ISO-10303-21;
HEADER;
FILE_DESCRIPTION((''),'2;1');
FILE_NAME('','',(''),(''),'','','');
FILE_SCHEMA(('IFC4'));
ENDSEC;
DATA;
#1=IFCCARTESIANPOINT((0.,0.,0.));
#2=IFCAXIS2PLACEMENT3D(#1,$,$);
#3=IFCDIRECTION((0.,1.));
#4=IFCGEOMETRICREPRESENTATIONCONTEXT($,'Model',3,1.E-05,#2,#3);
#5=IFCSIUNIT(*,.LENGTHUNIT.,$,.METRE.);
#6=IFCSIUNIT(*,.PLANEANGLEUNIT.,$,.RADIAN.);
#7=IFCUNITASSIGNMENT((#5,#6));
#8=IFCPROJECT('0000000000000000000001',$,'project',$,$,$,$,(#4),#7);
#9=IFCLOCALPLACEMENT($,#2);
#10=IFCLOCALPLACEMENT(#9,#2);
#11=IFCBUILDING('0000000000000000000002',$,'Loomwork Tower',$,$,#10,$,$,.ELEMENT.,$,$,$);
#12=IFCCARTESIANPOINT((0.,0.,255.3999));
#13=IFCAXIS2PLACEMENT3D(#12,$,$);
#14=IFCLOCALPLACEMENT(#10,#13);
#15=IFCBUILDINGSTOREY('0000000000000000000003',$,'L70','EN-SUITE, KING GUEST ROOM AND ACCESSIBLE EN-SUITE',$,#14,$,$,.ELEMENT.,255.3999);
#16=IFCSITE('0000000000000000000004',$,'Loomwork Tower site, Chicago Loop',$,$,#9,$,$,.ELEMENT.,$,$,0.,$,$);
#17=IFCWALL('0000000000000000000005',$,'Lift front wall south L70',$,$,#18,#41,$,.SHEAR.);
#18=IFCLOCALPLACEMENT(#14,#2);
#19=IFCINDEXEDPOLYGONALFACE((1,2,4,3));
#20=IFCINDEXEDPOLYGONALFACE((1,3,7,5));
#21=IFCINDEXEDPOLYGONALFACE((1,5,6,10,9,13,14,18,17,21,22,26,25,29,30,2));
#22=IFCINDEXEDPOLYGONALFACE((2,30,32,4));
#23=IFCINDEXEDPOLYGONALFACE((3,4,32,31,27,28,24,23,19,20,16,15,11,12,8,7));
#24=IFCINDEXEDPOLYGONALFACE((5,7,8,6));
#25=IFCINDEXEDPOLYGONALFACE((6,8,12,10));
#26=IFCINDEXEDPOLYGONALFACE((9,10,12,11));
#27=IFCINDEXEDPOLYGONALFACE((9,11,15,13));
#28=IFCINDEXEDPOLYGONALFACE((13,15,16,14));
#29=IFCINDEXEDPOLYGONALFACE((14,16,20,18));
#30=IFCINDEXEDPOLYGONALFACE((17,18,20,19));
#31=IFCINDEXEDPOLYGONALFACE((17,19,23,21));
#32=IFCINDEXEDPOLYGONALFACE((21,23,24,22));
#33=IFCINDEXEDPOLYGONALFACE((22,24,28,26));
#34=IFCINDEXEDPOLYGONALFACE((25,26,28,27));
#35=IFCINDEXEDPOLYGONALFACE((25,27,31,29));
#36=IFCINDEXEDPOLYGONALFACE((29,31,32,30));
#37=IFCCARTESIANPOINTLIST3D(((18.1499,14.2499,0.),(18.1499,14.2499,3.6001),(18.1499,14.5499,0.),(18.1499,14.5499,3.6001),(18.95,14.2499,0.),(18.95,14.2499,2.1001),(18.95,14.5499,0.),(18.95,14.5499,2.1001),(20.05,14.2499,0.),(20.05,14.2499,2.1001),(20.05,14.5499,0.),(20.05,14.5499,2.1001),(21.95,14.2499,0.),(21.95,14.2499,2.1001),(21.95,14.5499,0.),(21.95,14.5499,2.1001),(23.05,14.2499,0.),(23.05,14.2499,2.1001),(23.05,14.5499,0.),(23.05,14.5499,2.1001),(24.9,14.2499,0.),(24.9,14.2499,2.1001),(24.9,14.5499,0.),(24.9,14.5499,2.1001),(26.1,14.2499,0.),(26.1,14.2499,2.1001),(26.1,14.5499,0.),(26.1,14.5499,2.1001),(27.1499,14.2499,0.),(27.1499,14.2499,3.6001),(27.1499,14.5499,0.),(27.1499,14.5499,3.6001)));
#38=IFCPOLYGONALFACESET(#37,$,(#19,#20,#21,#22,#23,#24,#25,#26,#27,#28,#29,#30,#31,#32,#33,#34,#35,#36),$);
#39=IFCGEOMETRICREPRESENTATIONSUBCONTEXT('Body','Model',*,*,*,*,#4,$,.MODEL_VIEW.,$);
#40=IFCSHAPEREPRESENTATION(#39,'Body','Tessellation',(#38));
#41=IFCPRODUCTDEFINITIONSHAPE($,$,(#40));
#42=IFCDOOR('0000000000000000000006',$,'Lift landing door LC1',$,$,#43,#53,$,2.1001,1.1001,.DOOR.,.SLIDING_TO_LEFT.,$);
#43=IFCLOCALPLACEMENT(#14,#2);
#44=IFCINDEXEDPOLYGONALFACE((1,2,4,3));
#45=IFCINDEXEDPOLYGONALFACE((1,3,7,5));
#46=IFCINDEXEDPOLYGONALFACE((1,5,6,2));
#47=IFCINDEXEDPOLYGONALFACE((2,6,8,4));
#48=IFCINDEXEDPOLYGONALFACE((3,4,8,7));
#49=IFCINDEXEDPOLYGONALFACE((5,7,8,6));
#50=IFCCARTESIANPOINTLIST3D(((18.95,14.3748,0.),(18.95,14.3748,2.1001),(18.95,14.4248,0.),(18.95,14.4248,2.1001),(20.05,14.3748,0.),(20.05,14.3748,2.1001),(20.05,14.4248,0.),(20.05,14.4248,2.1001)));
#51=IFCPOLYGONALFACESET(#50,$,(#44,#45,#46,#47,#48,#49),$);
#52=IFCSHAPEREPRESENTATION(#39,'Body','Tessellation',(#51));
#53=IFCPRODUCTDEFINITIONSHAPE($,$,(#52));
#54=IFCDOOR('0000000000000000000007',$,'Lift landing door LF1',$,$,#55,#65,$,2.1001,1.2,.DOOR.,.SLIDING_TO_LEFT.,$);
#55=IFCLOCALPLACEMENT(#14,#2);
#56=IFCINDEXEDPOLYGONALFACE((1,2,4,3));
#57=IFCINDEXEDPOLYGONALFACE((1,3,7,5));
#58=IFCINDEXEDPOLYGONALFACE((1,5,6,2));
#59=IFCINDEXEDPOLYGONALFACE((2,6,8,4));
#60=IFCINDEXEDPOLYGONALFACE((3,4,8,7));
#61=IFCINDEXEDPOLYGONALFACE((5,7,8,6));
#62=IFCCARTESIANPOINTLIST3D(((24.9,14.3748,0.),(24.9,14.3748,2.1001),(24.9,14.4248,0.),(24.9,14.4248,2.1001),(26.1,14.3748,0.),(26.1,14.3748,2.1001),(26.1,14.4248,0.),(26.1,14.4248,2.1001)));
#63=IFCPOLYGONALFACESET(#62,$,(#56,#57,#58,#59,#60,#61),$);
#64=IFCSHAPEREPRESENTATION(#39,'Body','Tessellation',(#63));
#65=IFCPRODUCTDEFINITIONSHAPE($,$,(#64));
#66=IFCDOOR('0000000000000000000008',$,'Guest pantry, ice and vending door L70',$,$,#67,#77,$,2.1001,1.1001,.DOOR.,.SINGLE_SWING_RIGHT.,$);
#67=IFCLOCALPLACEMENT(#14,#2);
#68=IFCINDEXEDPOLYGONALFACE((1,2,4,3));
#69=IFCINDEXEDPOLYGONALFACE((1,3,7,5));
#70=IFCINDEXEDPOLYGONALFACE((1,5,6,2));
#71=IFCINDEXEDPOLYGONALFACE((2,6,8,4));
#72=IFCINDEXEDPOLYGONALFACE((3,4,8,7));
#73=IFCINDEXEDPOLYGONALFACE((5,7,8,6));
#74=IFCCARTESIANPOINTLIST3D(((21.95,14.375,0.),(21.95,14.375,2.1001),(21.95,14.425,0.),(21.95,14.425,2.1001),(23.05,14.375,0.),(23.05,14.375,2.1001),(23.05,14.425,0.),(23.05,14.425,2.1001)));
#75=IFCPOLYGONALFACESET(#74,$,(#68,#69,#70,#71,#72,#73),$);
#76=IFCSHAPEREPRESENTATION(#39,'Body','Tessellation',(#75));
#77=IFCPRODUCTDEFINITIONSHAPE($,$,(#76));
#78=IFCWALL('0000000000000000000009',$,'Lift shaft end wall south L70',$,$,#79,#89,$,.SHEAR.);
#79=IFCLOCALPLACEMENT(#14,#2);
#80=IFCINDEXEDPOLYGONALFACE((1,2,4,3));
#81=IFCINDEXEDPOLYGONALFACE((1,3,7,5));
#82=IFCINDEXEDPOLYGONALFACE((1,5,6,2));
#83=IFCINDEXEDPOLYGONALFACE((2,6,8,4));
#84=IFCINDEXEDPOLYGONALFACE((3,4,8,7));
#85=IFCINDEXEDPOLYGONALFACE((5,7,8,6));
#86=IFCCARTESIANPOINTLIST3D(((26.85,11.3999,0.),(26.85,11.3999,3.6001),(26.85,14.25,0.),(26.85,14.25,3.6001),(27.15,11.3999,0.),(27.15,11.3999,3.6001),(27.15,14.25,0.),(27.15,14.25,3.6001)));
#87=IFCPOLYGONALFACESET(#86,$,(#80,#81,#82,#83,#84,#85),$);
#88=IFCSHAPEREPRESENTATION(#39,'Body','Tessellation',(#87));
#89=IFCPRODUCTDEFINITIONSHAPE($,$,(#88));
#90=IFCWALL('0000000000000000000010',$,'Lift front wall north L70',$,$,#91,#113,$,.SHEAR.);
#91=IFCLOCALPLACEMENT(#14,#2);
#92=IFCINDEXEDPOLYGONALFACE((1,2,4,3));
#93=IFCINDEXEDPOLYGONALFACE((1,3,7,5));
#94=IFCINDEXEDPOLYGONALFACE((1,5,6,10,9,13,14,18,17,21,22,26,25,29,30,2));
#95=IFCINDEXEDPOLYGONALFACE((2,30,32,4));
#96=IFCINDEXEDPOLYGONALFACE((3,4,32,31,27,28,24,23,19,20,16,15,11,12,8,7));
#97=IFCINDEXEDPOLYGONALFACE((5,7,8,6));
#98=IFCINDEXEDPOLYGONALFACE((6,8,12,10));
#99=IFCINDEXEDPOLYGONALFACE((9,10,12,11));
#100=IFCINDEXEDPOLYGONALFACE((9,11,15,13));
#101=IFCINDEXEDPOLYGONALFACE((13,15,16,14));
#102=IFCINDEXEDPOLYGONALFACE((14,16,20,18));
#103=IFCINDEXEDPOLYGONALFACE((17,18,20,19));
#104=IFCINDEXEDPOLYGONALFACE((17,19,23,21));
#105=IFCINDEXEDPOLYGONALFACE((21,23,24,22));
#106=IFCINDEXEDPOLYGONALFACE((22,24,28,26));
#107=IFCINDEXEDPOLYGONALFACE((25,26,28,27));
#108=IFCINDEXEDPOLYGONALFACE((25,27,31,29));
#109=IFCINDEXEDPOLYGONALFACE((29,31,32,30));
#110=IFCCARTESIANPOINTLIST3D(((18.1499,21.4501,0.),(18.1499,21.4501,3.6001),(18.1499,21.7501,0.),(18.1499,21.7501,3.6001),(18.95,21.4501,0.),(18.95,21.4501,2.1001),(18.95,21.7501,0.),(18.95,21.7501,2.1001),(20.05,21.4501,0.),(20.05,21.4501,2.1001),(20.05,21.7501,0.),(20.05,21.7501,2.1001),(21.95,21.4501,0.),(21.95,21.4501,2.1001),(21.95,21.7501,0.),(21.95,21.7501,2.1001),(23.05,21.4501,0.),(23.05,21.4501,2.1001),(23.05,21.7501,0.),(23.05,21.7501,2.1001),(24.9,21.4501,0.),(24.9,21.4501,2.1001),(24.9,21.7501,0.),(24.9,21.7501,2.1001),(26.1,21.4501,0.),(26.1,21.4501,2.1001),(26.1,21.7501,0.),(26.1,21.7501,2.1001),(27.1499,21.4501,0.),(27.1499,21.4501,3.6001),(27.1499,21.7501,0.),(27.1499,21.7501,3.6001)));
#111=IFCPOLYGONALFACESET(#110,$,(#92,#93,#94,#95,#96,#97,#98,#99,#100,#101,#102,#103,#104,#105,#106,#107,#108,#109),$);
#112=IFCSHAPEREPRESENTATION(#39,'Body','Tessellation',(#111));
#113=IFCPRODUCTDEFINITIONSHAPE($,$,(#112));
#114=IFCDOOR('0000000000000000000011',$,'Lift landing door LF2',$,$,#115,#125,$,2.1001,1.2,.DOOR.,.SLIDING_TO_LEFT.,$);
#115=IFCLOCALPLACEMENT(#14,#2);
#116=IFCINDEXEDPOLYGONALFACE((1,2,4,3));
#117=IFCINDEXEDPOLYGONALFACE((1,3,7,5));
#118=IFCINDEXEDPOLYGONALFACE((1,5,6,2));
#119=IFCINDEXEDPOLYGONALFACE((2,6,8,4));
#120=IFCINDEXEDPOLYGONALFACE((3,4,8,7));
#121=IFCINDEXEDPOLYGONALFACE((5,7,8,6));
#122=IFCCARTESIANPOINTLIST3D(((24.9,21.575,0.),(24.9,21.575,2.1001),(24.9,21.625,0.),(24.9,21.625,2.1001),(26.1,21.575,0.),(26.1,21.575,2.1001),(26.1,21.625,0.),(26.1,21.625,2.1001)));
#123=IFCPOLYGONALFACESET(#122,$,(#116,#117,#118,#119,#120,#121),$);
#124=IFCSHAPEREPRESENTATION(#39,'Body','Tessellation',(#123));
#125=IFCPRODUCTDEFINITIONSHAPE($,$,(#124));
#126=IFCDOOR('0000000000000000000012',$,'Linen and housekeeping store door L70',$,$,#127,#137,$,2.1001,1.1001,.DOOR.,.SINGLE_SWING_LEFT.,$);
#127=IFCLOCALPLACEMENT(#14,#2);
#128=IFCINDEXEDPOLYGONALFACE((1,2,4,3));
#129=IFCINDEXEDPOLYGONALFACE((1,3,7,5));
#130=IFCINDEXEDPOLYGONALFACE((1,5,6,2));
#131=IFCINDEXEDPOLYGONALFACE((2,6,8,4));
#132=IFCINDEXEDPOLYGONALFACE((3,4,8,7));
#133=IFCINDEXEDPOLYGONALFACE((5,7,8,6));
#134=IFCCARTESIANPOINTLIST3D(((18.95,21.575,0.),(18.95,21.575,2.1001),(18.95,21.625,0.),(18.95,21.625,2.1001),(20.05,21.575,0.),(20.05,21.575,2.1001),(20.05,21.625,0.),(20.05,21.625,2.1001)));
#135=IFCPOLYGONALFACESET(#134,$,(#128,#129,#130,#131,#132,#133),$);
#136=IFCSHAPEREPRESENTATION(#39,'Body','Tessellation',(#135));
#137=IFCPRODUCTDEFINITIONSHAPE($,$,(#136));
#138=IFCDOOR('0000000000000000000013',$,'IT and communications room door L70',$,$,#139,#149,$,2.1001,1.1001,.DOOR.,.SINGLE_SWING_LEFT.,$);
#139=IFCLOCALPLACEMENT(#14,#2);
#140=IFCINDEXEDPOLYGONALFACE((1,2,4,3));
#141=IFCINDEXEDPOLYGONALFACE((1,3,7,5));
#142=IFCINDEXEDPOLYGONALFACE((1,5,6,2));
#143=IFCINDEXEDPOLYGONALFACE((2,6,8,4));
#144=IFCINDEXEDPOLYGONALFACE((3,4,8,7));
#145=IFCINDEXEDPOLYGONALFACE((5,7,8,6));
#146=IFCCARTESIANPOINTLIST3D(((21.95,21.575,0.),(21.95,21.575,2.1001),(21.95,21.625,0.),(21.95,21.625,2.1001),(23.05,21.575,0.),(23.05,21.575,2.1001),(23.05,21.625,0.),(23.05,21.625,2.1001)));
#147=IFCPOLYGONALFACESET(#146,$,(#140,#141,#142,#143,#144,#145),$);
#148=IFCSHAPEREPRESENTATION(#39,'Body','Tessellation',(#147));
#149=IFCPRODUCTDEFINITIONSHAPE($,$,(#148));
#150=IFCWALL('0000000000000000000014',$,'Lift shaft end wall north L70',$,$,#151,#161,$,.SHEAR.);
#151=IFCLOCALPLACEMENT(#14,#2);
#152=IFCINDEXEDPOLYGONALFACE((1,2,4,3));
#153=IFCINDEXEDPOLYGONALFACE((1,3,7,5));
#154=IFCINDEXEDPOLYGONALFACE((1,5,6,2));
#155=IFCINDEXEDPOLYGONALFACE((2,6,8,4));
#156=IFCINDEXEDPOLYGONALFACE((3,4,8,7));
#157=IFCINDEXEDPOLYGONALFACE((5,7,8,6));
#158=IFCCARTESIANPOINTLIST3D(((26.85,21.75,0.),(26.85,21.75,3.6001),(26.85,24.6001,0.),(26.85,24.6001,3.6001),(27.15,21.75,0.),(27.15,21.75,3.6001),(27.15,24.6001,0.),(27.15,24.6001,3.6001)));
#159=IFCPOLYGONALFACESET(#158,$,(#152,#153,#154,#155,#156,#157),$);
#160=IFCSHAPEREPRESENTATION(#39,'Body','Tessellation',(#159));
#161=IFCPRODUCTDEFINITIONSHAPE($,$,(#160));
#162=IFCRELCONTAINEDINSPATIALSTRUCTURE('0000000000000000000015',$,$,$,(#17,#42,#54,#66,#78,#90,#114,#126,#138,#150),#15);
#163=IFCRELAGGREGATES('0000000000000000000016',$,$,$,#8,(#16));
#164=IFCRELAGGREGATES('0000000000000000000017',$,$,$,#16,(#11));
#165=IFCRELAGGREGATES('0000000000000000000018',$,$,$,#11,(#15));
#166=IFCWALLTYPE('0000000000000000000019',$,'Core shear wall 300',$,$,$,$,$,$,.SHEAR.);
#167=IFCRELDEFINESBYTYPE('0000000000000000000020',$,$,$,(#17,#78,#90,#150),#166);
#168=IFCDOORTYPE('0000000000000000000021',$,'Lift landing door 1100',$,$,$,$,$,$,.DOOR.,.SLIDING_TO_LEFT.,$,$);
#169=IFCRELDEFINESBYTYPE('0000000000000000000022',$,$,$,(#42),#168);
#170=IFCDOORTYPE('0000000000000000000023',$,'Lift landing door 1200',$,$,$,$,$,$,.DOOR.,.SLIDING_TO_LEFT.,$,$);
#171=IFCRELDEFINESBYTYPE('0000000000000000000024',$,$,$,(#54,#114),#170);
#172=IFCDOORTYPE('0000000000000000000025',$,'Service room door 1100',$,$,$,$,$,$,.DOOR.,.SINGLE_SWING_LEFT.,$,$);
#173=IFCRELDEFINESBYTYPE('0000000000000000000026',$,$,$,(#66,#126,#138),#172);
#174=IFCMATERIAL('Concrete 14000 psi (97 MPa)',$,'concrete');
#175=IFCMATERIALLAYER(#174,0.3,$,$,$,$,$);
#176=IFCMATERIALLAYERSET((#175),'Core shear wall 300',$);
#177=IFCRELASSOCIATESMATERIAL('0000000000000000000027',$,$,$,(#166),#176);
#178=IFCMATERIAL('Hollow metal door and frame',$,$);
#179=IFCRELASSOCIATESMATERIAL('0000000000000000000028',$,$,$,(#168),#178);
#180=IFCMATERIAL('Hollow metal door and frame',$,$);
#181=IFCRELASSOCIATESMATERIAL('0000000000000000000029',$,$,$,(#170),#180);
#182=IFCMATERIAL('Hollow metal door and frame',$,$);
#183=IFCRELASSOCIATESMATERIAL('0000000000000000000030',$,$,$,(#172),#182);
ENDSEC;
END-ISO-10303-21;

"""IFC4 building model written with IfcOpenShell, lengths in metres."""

from ifc_helpers import new_model, si_unit, direction, frame, frame_2d, origin, place, context, subcontext, project, spatial, rectangle, extrude, material, layer, layer_set, type_object, element, fill, save


model = new_model("IFC4")

# Units and contexts
model_context = context("Model", 3, precision=1e-05, world=origin(), true_north=direction((0.0, 1.0)))
body_context = subcontext(model_context, "Body", "Model", "MODEL_VIEW")
ifc_project = project(units=[si_unit("LENGTHUNIT", "METRE"), si_unit("PLANEANGLEUNIT", "RADIAN")], contexts=[model_context])

# Site, building, storey
site_placement = place(None, origin())
site = spatial("IfcSite", under=ifc_project, at=site_placement, Name="Loomwork Tower site, Chicago Loop", CompositionType="ELEMENT", RefElevation=0.0)
building_placement = place(site_placement, origin())
building = spatial("IfcBuilding", under=site, at=building_placement, Name="Loomwork Tower", CompositionType="ELEMENT")
storey_placement = place(building_placement, frame((0.0, 0.0, 255.3999)))
storey = spatial("IfcBuildingStorey", under=building, at=storey_placement, Name="L70", Description="EN-SUITE, KING GUEST ROOM AND ACCESSIBLE EN-SUITE", CompositionType="ELEMENT", Elevation=255.3999)

# Shared definitions
ifc_material_1 = material(Name="Concrete 14000 psi (97 MPa)", Category="concrete")
ifc_layer_1 = layer(ifc_material_1, 0.3)
ifc_layer_set_1 = layer_set([ifc_layer_1], Name="Core shear wall 300")
wall_type_1 = type_object("IfcWallType", Name="Core shear wall 300", PredefinedType="SHEAR", material=ifc_layer_set_1)

# Wall, openings, doors
ifc_material_2 = material(Name="Hollow metal door and frame")
door_type_1 = type_object("IfcDoorType", Name="Lift landing door 1100", OperationType="SLIDING_TO_LEFT", PredefinedType="DOOR", material=ifc_material_2)
wall_1_placement = place(storey_placement, frame((18.1499, 14.3999, 0.0), z_axis=(0.0, 0.0, 1.0), x_axis=(1.0, 0.0, 0.0)))
wall_1 = element("IfcWall", 1, at=wall_1_placement, inside=storey, type_object=wall_type_1, Name="Lift front wall south L70", PredefinedType="SHEAR", context=body_context, shape_type="SweptSolid", body=[
    extrude(rectangle(XDim=9.0, YDim=0.3, at=frame_2d((4.5, 0.0))), origin(), (0.0, 0.0, 1.0), 3.6001),
])
opening_1_placement = place(wall_1_placement, frame((0.8, 0.0, 0.0)))
opening_1 = element("IfcOpeningElement", 2, at=opening_1_placement, cuts=wall_1, PredefinedType="OPENING", context=body_context, shape_type="SweptSolid", body=[
    extrude(rectangle(XDim=1.1001, YDim=2.1001, at=frame_2d((0.55, 1.05))), frame((0.0, 0.1599, 0.0), z_axis=(0.0, -1.0, 0.0), x_axis=(1.0, 0.0, 0.0)), (0.0, 0.0, 1.0), 0.3201),
])
opening_2_placement = place(wall_1_placement, frame((6.75, 0.0, 0.0)))
opening_2 = element("IfcOpeningElement", 3, at=opening_2_placement, cuts=wall_1, PredefinedType="OPENING", context=body_context, shape_type="SweptSolid", body=[
    extrude(rectangle(XDim=1.2, YDim=2.1001, at=frame_2d((0.6001, 1.05))), frame((0.0, 0.1599, 0.0), z_axis=(0.0, -1.0, 0.0), x_axis=(1.0, 0.0, 0.0)), (0.0, 0.0, 1.0), 0.3201),
])
opening_3_placement = place(wall_1_placement, frame((3.8, 0.0, 0.0)))
opening_3 = element("IfcOpeningElement", 4, at=opening_3_placement, cuts=wall_1, PredefinedType="OPENING", context=body_context, shape_type="SweptSolid", body=[
    extrude(rectangle(XDim=1.1001, YDim=2.1001, at=frame_2d((0.55, 1.05))), frame((0.0, 0.1599, 0.0), z_axis=(0.0, -1.0, 0.0), x_axis=(1.0, 0.0, 0.0)), (0.0, 0.0, 1.0), 0.3201),
])
door_1_placement = place(opening_1_placement, origin())
door_1 = element("IfcDoor", 5, at=door_1_placement, inside=storey, type_object=door_type_1, Name="Lift landing door LC1", OperationType="SLIDING_TO_LEFT", OverallHeight=2.1001, OverallWidth=1.1001, PredefinedType="DOOR", context=body_context, shape_type="SweptSolid", body=[
    extrude(rectangle(XDim=1.1001, YDim=2.1001, at=frame_2d((0.55, 1.05))), frame((0.0, 0.0249, 0.0), z_axis=(0.0, -1.0, 0.0), x_axis=(1.0, 0.0, 0.0)), (0.0, 0.0, 1.0), 0.05),
])
fill(opening_1, door_1)
ifc_material_3 = material(Name="Hollow metal door and frame")
door_type_2 = type_object("IfcDoorType", Name="Lift landing door 1200", OperationType="SLIDING_TO_LEFT", PredefinedType="DOOR", material=ifc_material_3)
door_2_placement = place(opening_2_placement, origin())
door_2 = element("IfcDoor", 6, at=door_2_placement, inside=storey, type_object=door_type_2, Name="Lift landing door LF1", OperationType="SLIDING_TO_LEFT", OverallHeight=2.1001, OverallWidth=1.2, PredefinedType="DOOR", context=body_context, shape_type="SweptSolid", body=[
    extrude(rectangle(XDim=1.2, YDim=2.1001, at=frame_2d((0.6001, 1.05))), frame((0.0, 0.0249, 0.0), z_axis=(0.0, -1.0, 0.0), x_axis=(1.0, 0.0, 0.0)), (0.0, 0.0, 1.0), 0.05),
])
fill(opening_2, door_2)
ifc_material_4 = material(Name="Hollow metal door and frame")
door_type_3 = type_object("IfcDoorType", Name="Service room door 1100", OperationType="SINGLE_SWING_LEFT", PredefinedType="DOOR", material=ifc_material_4)
door_3_placement = place(opening_3_placement, frame((1.1001, 0.0, 0.0), z_axis=(0.0, 0.0, 1.0), x_axis=(-1.0, 0.0, 0.0)))
door_3 = element("IfcDoor", 7, at=door_3_placement, inside=storey, type_object=door_type_3, Name="Guest pantry, ice and vending door L70", OperationType="SINGLE_SWING_RIGHT", OverallHeight=2.1001, OverallWidth=1.1001, PredefinedType="DOOR", context=body_context, shape_type="SweptSolid", body=[
    extrude(rectangle(XDim=1.1001, YDim=2.1001, at=frame_2d((0.55, 1.05))), frame((0.0, 0.0249, 0.0), z_axis=(0.0, -1.0, 0.0), x_axis=(1.0, 0.0, 0.0)), (0.0, 0.0, 1.0), 0.05),
])
fill(opening_3, door_3)

# Wall
wall_2_placement = place(storey_placement, frame((27.0, 11.3999, 0.0), z_axis=(0.0, 0.0, 1.0), x_axis=(0.0, 1.0, 0.0)))
element("IfcWall", 8, at=wall_2_placement, inside=storey, type_object=wall_type_1, Name="Lift shaft end wall south L70", PredefinedType="SHEAR", context=body_context, shape_type="SweptSolid", body=[
    extrude(rectangle(XDim=2.8501, YDim=0.3, at=frame_2d((1.425, 0.0))), origin(), (0.0, 0.0, 1.0), 3.6001),
])

# Wall, openings, doors
wall_3_placement = place(storey_placement, frame((18.1499, 21.6001, 0.0), z_axis=(0.0, 0.0, 1.0), x_axis=(1.0, 0.0, 0.0)))
wall_3 = element("IfcWall", 9, at=wall_3_placement, inside=storey, type_object=wall_type_1, Name="Lift front wall north L70", PredefinedType="SHEAR", context=body_context, shape_type="SweptSolid", body=[
    extrude(rectangle(XDim=9.0, YDim=0.3, at=frame_2d((4.5, 0.0))), origin(), (0.0, 0.0, 1.0), 3.6001),
])
opening_4_placement = place(wall_3_placement, frame((6.75, 0.0, 0.0)))
opening_4 = element("IfcOpeningElement", 10, at=opening_4_placement, cuts=wall_3, PredefinedType="OPENING", context=body_context, shape_type="SweptSolid", body=[
    extrude(rectangle(XDim=1.2, YDim=2.1001, at=frame_2d((0.6001, 1.05))), frame((0.0, 0.1599, 0.0), z_axis=(0.0, -1.0, 0.0), x_axis=(1.0, 0.0, 0.0)), (0.0, 0.0, 1.0), 0.3201),
])
opening_5_placement = place(wall_3_placement, frame((0.8, 0.0, 0.0)))
opening_5 = element("IfcOpeningElement", 11, at=opening_5_placement, cuts=wall_3, PredefinedType="OPENING", context=body_context, shape_type="SweptSolid", body=[
    extrude(rectangle(XDim=1.1001, YDim=2.1001, at=frame_2d((0.55, 1.05))), frame((0.0, 0.1599, 0.0), z_axis=(0.0, -1.0, 0.0), x_axis=(1.0, 0.0, 0.0)), (0.0, 0.0, 1.0), 0.3201),
])
opening_6_placement = place(wall_3_placement, frame((3.8, 0.0, 0.0)))
opening_6 = element("IfcOpeningElement", 12, at=opening_6_placement, cuts=wall_3, PredefinedType="OPENING", context=body_context, shape_type="SweptSolid", body=[
    extrude(rectangle(XDim=1.1001, YDim=2.1001, at=frame_2d((0.55, 1.05))), frame((0.0, 0.1599, 0.0), z_axis=(0.0, -1.0, 0.0), x_axis=(1.0, 0.0, 0.0)), (0.0, 0.0, 1.0), 0.3201),
])
door_4_placement = place(opening_4_placement, origin())
door_4 = element("IfcDoor", 13, at=door_4_placement, inside=storey, type_object=door_type_2, Name="Lift landing door LF2", OperationType="SLIDING_TO_LEFT", OverallHeight=2.1001, OverallWidth=1.2, PredefinedType="DOOR", context=body_context, shape_type="SweptSolid", body=[
    extrude(rectangle(XDim=1.2, YDim=2.1001, at=frame_2d((0.6001, 1.05))), frame((0.0, 0.0249, 0.0), z_axis=(0.0, -1.0, 0.0), x_axis=(1.0, 0.0, 0.0)), (0.0, 0.0, 1.0), 0.05),
])
fill(opening_4, door_4)
door_5_placement = place(opening_5_placement, origin())
door_5 = element("IfcDoor", 14, at=door_5_placement, inside=storey, type_object=door_type_3, Name="Linen and housekeeping store door L70", OperationType="SINGLE_SWING_LEFT", OverallHeight=2.1001, OverallWidth=1.1001, PredefinedType="DOOR", context=body_context, shape_type="SweptSolid", body=[
    extrude(rectangle(XDim=1.1001, YDim=2.1001, at=frame_2d((0.55, 1.05))), frame((0.0, 0.0249, 0.0), z_axis=(0.0, -1.0, 0.0), x_axis=(1.0, 0.0, 0.0)), (0.0, 0.0, 1.0), 0.05),
])
fill(opening_5, door_5)
door_6_placement = place(opening_6_placement, origin())
door_6 = element("IfcDoor", 15, at=door_6_placement, inside=storey, type_object=door_type_3, Name="IT and communications room door L70", OperationType="SINGLE_SWING_LEFT", OverallHeight=2.1001, OverallWidth=1.1001, PredefinedType="DOOR", context=body_context, shape_type="SweptSolid", body=[
    extrude(rectangle(XDim=1.1001, YDim=2.1001, at=frame_2d((0.55, 1.05))), frame((0.0, 0.0249, 0.0), z_axis=(0.0, -1.0, 0.0), x_axis=(1.0, 0.0, 0.0)), (0.0, 0.0, 1.0), 0.05),
])
fill(opening_6, door_6)

# Wall
wall_4_placement = place(storey_placement, frame((27.0, 21.75, 0.0), z_axis=(0.0, 0.0, 1.0), x_axis=(0.0, 1.0, 0.0)))
element("IfcWall", 16, at=wall_4_placement, inside=storey, type_object=wall_type_1, Name="Lift shaft end wall north L70", PredefinedType="SHEAR", context=body_context, shape_type="SweptSolid", body=[
    extrude(rectangle(XDim=2.8501, YDim=0.3, at=frame_2d((1.425, 0.0))), origin(), (0.0, 0.0, 1.0), 3.6001),
])

save(model, "model.ifc")
